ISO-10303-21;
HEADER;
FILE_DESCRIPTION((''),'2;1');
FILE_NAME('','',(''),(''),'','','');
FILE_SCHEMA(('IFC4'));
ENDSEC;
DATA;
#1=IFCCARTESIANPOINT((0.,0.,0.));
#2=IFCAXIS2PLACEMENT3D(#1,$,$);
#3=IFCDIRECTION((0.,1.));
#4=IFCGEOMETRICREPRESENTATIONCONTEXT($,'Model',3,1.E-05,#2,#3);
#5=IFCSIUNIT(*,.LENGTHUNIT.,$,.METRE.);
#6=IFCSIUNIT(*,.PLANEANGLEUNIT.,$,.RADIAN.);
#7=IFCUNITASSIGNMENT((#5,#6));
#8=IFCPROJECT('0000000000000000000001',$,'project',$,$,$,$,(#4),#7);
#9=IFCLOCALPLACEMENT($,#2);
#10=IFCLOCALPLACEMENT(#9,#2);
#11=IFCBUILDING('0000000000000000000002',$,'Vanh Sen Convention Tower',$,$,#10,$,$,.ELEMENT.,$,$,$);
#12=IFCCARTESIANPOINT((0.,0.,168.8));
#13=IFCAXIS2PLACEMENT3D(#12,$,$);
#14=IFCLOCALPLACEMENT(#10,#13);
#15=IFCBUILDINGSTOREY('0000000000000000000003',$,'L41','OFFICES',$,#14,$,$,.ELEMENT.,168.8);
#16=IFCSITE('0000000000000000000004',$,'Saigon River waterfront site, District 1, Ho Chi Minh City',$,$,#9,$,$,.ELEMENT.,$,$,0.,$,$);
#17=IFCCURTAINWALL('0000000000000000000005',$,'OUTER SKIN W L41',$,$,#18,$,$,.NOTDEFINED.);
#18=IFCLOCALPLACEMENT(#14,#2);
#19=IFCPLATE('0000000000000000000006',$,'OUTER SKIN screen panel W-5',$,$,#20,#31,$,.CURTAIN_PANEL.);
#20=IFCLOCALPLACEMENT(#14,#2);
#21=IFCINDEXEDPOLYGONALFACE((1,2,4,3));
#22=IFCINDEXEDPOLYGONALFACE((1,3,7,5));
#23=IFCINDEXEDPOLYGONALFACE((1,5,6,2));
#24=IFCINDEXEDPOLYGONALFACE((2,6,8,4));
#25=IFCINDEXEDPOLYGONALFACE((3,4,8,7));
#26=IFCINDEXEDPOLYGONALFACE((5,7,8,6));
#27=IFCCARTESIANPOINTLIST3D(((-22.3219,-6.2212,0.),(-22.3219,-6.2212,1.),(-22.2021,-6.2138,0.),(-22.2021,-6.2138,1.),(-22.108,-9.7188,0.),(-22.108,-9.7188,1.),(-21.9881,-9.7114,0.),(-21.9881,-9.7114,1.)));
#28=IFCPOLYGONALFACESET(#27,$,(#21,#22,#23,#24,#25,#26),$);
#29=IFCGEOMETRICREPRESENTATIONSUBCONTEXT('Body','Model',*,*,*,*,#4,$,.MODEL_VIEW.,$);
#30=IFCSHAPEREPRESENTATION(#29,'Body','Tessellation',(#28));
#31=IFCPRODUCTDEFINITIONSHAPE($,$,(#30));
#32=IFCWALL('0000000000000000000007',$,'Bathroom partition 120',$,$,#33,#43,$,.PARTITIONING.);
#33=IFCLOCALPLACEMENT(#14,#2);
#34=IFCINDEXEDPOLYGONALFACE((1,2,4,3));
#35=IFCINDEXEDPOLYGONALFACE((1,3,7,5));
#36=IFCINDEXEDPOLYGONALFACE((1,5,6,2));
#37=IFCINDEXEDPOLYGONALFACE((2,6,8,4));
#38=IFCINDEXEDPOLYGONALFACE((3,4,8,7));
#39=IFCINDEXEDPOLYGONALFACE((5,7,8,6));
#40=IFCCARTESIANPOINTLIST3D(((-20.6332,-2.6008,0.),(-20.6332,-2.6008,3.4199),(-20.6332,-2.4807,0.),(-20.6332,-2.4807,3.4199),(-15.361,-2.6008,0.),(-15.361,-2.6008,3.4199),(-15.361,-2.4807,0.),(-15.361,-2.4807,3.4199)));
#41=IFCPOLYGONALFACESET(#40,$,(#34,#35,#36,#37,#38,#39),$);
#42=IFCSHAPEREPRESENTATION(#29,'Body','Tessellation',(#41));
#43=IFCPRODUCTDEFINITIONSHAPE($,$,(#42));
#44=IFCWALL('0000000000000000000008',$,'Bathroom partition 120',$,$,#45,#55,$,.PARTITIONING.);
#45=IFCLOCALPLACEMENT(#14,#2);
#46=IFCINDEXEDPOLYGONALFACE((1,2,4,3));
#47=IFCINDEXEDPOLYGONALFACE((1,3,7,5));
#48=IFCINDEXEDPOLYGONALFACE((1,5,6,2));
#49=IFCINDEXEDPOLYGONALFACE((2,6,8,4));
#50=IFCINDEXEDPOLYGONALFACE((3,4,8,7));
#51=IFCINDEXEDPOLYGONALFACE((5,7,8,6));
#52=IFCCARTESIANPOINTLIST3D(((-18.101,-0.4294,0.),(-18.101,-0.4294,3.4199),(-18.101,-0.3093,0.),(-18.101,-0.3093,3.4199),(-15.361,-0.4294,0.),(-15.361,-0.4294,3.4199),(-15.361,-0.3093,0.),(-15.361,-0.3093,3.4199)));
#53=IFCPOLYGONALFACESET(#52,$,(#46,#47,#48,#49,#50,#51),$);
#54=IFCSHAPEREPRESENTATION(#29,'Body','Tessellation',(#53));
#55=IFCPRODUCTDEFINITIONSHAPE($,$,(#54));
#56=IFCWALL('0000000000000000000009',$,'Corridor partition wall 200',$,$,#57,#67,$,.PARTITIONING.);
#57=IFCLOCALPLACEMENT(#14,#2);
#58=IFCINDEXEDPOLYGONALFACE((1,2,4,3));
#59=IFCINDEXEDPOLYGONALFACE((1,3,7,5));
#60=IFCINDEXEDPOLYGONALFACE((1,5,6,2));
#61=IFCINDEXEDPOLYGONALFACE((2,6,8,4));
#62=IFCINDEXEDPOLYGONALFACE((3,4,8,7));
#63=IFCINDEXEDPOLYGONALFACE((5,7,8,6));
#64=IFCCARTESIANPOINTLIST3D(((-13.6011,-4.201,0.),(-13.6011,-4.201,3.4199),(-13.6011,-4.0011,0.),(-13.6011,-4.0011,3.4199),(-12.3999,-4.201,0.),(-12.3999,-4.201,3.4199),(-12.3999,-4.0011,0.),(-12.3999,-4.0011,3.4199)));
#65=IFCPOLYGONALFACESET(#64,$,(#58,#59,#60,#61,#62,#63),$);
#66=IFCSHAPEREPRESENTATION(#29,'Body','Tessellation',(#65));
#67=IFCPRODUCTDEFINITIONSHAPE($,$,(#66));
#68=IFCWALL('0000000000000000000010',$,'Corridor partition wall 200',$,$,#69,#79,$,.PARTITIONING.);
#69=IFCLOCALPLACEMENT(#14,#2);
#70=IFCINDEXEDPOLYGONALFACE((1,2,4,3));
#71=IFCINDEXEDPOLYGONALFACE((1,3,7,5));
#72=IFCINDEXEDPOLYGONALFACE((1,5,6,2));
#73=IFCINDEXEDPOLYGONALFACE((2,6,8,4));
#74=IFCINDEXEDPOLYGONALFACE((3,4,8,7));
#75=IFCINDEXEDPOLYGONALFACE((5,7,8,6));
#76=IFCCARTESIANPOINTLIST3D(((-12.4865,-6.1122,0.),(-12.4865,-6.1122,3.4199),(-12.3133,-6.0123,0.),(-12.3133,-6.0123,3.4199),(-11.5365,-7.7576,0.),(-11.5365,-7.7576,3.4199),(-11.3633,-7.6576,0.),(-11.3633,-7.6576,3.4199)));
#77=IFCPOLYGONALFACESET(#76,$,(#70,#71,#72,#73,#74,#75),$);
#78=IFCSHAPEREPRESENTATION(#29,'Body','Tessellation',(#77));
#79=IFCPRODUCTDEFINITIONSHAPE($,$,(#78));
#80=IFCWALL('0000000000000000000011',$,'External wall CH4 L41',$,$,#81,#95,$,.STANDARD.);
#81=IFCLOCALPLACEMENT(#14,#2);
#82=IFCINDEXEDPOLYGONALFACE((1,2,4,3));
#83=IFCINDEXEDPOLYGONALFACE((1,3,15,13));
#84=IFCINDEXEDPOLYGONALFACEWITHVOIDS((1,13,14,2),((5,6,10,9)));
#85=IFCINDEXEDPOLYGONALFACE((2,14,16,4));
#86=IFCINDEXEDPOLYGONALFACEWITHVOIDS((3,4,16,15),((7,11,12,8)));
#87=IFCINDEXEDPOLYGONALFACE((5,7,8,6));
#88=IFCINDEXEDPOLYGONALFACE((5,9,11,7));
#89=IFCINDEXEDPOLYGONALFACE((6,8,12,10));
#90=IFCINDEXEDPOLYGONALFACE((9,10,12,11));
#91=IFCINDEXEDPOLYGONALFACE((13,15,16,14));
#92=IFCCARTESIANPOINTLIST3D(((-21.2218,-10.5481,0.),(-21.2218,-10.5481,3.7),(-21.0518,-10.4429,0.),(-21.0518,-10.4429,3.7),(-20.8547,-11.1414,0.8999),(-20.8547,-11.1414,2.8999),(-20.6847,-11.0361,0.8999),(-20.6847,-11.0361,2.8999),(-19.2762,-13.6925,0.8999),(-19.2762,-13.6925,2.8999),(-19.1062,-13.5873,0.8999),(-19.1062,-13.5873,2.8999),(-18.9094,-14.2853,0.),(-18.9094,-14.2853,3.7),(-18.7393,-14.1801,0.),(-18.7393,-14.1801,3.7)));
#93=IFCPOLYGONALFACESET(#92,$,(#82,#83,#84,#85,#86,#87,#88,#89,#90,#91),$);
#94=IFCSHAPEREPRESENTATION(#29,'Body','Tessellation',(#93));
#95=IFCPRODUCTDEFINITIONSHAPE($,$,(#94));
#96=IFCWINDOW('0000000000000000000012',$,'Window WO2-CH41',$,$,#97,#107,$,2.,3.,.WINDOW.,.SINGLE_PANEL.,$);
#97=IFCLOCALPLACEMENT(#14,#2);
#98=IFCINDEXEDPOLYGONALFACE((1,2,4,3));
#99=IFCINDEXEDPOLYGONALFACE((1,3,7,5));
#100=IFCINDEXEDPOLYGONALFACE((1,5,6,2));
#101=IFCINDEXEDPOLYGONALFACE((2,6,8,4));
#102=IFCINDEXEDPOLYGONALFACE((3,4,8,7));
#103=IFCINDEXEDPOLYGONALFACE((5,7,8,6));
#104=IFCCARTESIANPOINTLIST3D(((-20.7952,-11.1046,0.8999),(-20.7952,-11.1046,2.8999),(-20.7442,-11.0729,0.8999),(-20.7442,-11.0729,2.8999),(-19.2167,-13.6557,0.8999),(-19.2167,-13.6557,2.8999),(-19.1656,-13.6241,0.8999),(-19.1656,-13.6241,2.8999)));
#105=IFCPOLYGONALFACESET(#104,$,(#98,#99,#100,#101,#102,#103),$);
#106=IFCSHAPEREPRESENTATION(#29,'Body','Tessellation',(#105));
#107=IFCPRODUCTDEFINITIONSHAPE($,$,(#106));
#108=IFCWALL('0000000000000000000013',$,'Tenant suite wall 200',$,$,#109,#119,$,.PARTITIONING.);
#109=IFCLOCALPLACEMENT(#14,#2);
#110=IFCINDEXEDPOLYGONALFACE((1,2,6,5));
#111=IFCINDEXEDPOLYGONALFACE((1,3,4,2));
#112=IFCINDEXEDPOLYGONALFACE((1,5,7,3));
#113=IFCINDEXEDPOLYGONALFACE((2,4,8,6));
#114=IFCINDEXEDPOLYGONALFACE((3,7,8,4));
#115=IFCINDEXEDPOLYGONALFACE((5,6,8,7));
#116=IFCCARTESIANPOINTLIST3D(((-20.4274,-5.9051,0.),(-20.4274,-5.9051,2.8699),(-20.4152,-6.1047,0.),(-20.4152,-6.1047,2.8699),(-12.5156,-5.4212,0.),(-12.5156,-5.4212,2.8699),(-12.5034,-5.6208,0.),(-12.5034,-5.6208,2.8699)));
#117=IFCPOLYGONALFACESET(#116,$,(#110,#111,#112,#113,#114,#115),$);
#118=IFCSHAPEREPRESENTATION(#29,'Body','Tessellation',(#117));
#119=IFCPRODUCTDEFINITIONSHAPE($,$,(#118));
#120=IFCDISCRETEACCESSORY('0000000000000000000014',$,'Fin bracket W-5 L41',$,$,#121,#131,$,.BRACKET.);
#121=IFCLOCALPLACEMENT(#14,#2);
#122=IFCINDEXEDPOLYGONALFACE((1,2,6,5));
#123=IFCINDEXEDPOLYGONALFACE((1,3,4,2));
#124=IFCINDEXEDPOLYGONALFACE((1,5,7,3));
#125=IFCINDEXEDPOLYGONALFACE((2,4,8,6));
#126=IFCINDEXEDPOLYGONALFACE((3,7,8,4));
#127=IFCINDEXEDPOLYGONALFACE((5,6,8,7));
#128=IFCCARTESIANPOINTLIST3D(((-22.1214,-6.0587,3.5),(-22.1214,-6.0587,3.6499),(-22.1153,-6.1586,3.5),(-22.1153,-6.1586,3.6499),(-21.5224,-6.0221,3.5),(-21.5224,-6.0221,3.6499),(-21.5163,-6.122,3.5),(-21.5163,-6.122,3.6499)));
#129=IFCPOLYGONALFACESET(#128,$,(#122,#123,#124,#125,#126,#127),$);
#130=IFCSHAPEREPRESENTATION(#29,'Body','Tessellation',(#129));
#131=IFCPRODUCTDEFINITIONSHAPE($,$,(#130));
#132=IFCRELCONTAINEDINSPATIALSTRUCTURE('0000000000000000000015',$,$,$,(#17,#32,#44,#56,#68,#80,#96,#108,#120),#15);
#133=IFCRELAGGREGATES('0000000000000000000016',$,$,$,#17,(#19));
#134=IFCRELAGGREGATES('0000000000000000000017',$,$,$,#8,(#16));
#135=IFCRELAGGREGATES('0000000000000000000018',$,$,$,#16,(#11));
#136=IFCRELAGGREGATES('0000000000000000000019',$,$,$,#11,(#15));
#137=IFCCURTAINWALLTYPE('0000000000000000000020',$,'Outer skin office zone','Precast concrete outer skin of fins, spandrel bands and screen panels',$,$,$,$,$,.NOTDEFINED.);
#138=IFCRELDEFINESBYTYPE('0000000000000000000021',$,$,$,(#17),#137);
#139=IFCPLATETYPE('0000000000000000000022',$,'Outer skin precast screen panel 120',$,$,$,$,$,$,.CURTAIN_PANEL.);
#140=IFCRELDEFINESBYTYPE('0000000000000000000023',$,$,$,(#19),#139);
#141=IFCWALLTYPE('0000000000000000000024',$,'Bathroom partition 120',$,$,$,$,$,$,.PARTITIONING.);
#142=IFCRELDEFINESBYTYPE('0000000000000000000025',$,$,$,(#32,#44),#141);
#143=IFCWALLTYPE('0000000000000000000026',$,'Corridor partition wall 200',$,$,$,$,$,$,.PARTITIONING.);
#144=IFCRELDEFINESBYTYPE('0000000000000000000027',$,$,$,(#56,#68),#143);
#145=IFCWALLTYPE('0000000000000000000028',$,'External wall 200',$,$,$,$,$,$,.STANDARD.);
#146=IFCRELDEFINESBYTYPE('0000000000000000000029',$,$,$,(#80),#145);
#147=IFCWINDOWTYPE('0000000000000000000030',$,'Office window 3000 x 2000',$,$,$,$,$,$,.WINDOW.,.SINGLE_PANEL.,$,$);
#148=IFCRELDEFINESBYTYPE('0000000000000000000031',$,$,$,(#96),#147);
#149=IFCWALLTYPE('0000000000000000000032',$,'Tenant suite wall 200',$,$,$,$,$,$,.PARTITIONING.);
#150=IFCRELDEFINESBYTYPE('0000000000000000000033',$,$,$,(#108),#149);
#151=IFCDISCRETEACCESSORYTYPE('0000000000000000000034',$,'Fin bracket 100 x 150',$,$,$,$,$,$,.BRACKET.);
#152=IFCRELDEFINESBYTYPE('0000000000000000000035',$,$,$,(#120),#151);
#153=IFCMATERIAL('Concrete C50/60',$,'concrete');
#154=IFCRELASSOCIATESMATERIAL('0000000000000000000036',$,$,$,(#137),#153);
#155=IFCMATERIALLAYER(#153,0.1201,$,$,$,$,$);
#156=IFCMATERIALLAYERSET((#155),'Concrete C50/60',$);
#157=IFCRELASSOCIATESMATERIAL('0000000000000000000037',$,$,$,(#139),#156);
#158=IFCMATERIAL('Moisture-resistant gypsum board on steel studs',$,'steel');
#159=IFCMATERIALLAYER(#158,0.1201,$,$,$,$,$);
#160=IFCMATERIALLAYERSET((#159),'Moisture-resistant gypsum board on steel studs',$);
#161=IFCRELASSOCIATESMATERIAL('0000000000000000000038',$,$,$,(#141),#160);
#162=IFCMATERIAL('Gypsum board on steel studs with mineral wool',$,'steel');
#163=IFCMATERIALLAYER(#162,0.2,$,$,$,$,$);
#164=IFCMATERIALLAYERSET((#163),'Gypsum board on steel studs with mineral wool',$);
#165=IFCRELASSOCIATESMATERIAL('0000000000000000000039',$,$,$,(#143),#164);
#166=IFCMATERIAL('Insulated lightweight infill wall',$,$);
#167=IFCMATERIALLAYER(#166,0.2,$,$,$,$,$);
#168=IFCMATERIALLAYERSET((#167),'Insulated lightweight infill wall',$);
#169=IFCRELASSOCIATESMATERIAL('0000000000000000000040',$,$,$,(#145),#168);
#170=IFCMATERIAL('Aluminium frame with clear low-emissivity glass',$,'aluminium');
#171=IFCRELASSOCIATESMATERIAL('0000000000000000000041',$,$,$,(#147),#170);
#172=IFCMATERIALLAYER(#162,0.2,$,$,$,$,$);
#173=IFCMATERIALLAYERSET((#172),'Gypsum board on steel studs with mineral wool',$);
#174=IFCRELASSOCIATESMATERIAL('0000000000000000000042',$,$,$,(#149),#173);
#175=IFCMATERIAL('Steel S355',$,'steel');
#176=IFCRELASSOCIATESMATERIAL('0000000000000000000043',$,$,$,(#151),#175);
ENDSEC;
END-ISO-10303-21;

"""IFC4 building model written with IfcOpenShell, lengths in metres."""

from ifc_helpers import new_model, si_unit, direction, frame, frame_2d, origin, origin_2d, place, context, subcontext, project, spatial, rectangle, extrude, material, layer, layer_set, type_object, element, fill, aggregate, save


model = new_model("IFC4")

# Units and contexts
model_context = context("Model", 3, precision=1e-05, world=origin(), true_north=direction((0.0, 1.0)))
body_context = subcontext(model_context, "Body", "Model", "MODEL_VIEW")
ifc_project = project(units=[si_unit("LENGTHUNIT", "METRE"), si_unit("PLANEANGLEUNIT", "RADIAN")], contexts=[model_context])

# Site, building, storey
site_placement = place(None, origin())
site = spatial("IfcSite", under=ifc_project, at=site_placement, Name="Saigon River waterfront site, District 1, Ho Chi Minh City", CompositionType="ELEMENT", RefElevation=0.0)
building_placement = place(site_placement, origin())
building = spatial("IfcBuilding", under=site, at=building_placement, Name="Vanh Sen Convention Tower", CompositionType="ELEMENT")
storey_placement = place(building_placement, frame((0.0, 0.0, 168.8)))
storey = spatial("IfcBuildingStorey", under=building, at=storey_placement, Name="L41", Description="OFFICES", CompositionType="ELEMENT", Elevation=168.8)

# Curtain wall
ifc_material_1 = material(Name="Concrete C50/60", Category="concrete")
curtain_wall_type = type_object("IfcCurtainWallType", Name="Outer skin office zone", Description="Precast concrete outer skin of fins, spandrel bands and screen panels", PredefinedType="NOTDEFINED", material=ifc_material_1)
curtain_wall_1_placement = place(storey_placement, origin())
curtain_wall_1 = element("IfcCurtainWall", 1, at=curtain_wall_1_placement, inside=storey, type_object=curtain_wall_type, Name="OUTER SKIN W L41", PredefinedType="NOTDEFINED")

# Plate
ifc_layer_1 = layer(ifc_material_1, 0.1201)
ifc_layer_set_1 = layer_set([ifc_layer_1], Name="Concrete C50/60")
plate_type = type_object("IfcPlateType", Name="Outer skin precast screen panel 120", PredefinedType="CURTAIN_PANEL", material=ifc_layer_set_1)
plate_1_placement = place(storey_placement, frame((-22.155, -7.9663, 0.0), z_axis=(0.0, 0.0, 1.0), x_axis=(0.061054, -0.998134, 0.0)))
plate_1 = element("IfcPlate", 2, at=plate_1_placement, type_object=plate_type, Name="OUTER SKIN screen panel W-5", PredefinedType="CURTAIN_PANEL", context=body_context, shape_type="SweptSolid", body=[
    extrude(rectangle(XDim=3.5042, YDim=0.1201, at=origin_2d()), origin(), (0.0, 0.0, 1.0), 1.0),
])
aggregate(curtain_wall_1, [plate_1])

# Walls
ifc_material_2 = material(Name="Moisture-resistant gypsum board on steel studs", Category="steel")
ifc_layer_2 = layer(ifc_material_2, 0.1201)
ifc_layer_set_2 = layer_set([ifc_layer_2], Name="Moisture-resistant gypsum board on steel studs")
wall_type_1 = type_object("IfcWallType", Name="Bathroom partition 120", PredefinedType="PARTITIONING", material=ifc_layer_set_2)
wall_1_placement = place(storey_placement, frame((-20.6333, -2.5408, 0.0), z_axis=(0.0, 0.0, 1.0), x_axis=(1.0, 0.0, 0.0)))
element("IfcWall", 3, at=wall_1_placement, inside=storey, type_object=wall_type_1, Name="Bathroom partition 120", PredefinedType="PARTITIONING", context=body_context, shape_type="SweptSolid", body=[
    extrude(rectangle(XDim=5.2722, YDim=0.1201, at=frame_2d((2.6362, 0.0))), origin(), (0.0, 0.0, 1.0), 3.4199),
])
wall_2_placement = place(storey_placement, frame((-18.1011, -0.3694, 0.0), z_axis=(0.0, 0.0, 1.0), x_axis=(1.0, 0.0, 0.0)))
element("IfcWall", 4, at=wall_2_placement, inside=storey, type_object=wall_type_1, Name="Bathroom partition 120", PredefinedType="PARTITIONING", context=body_context, shape_type="SweptSolid", body=[
    extrude(rectangle(XDim=2.74, YDim=0.1201, at=frame_2d((1.3701, 0.0))), origin(), (0.0, 0.0, 1.0), 3.4199),
])
ifc_material_3 = material(Name="Gypsum board on steel studs with mineral wool", Category="steel")
ifc_layer_3 = layer(ifc_material_3, 0.2)
ifc_layer_set_3 = layer_set([ifc_layer_3], Name="Gypsum board on steel studs with mineral wool")
wall_type_2 = type_object("IfcWallType", Name="Corridor partition wall 200", PredefinedType="PARTITIONING", material=ifc_layer_set_3)
wall_3_placement = place(storey_placement, frame((-13.6011, -4.1011, 0.0), z_axis=(0.0, 0.0, 1.0), x_axis=(1.0, 0.0, 0.0)))
element("IfcWall", 5, at=wall_3_placement, inside=storey, type_object=wall_type_2, Name="Corridor partition wall 200", PredefinedType="PARTITIONING", context=body_context, shape_type="SweptSolid", body=[
    extrude(rectangle(XDim=1.2012, YDim=0.2, at=frame_2d((0.6006, 0.0))), origin(), (0.0, 0.0, 1.0), 3.4199),
])
wall_4_placement = place(storey_placement, frame((-12.3999, -6.0623, 0.0), z_axis=(0.0, 0.0, 1.0), x_axis=(0.500023, -0.866012, 0.0)))
element("IfcWall", 6, at=wall_4_placement, inside=storey, type_object=wall_type_2, Name="Corridor partition wall 200", PredefinedType="PARTITIONING", context=body_context, shape_type="SweptSolid", body=[
    extrude(rectangle(XDim=1.8999, YDim=0.2, at=frame_2d((0.95, 0.0))), origin(), (0.0, 0.0, 1.0), 3.4199),
])

# Wall, opening, window
ifc_material_4 = material(Name="Insulated lightweight infill wall")
ifc_layer_4 = layer(ifc_material_4, 0.2)
ifc_layer_set_4 = layer_set([ifc_layer_4], Name="Insulated lightweight infill wall")
wall_type_3 = type_object("IfcWallType", Name="External wall 200", PredefinedType="STANDARD", material=ifc_layer_set_4)
wall_5_placement = place(storey_placement, frame((-21.1367, -10.4956, 0.0), z_axis=(0.0, 0.0, 1.0), x_axis=(0.526179, -0.850374, 0.0)))
wall_5 = element("IfcWall", 7, at=wall_5_placement, inside=storey, type_object=wall_type_3, Name="External wall CH4 L41", PredefinedType="STANDARD", context=body_context, shape_type="SweptSolid", body=[
    extrude(rectangle(XDim=4.3948, YDim=0.2, at=frame_2d((2.1973, 0.0))), origin(), (0.0, 0.0, 1.0), 3.7),
])
opening_placement = place(wall_5_placement, frame((0.6975, 0.0, 0.8999)))
opening = element("IfcOpeningElement", 8, at=opening_placement, cuts=wall_5, PredefinedType="OPENING", context=body_context, shape_type="SweptSolid", body=[
    extrude(rectangle(XDim=3.0, YDim=2.0, at=frame_2d((1.5, 1.0))), frame((0.0, 0.1099, 0.0), z_axis=(0.0, -1.0, 0.0), x_axis=(1.0, 0.0, 0.0)), (0.0, 0.0, 1.0), 0.22),
])
ifc_material_5 = material(Name="Aluminium frame with clear low-emissivity glass", Category="aluminium")
window_type = type_object("IfcWindowType", Name="Office window 3000 x 2000", PartitioningType="SINGLE_PANEL", PredefinedType="WINDOW", material=ifc_material_5)
window_placement = place(opening_placement, origin())
window = element("IfcWindow", 9, at=window_placement, inside=storey, type_object=window_type, Name="Window WO2-CH41", OverallHeight=2.0, OverallWidth=3.0, PartitioningType="SINGLE_PANEL", PredefinedType="WINDOW", context=body_context, shape_type="SweptSolid", body=[
    extrude(rectangle(XDim=3.0, YDim=2.0, at=frame_2d((1.5, 1.0))), frame((0.0, 0.03, 0.0), z_axis=(0.0, -1.0, 0.0), x_axis=(1.0, 0.0, 0.0)), (0.0, 0.0, 1.0), 0.0601),
])
fill(opening, window)

# Wall
ifc_layer_5 = layer(ifc_material_3, 0.2)
ifc_layer_set_5 = layer_set([ifc_layer_5], Name="Gypsum board on steel studs with mineral wool")
wall_type_4 = type_object("IfcWallType", Name="Tenant suite wall 200", PredefinedType="PARTITIONING", material=ifc_layer_set_5)
wall_6_placement = place(storey_placement, frame((-20.4214, -6.0049, 0.0), z_axis=(0.0, 0.0, 1.0), x_axis=(0.998135, 0.061047, 0.0)))
element("IfcWall", 10, at=wall_6_placement, inside=storey, type_object=wall_type_4, Name="Tenant suite wall 200", PredefinedType="PARTITIONING", context=body_context, shape_type="SweptSolid", body=[
    extrude(rectangle(XDim=7.9265, YDim=0.2, at=frame_2d((3.9634, 0.0))), origin(), (0.0, 0.0, 1.0), 2.8699),
])

# Discrete accessory
ifc_material_6 = material(Name="Steel S355", Category="steel")
discrete_accessory_type = type_object("IfcDiscreteAccessoryType", Name="Fin bracket 100 x 150", PredefinedType="BRACKET", material=ifc_material_6)
discrete_accessory_placement = place(storey_placement, frame((-21.8188, -6.0903, 3.5), z_axis=(0.0, 0.0, 1.0), x_axis=(-0.998135, -0.061049, 0.0)))
element("IfcDiscreteAccessory", 11, at=discrete_accessory_placement, inside=storey, type_object=discrete_accessory_type, Name="Fin bracket W-5 L41", PredefinedType="BRACKET", context=body_context, shape_type="SweptSolid", body=[
    extrude(rectangle(XDim=0.6001, YDim=0.1001, at=origin_2d()), origin(), (0.0, 0.0, 1.0), 0.1499),
])

save(model, "model.ifc")
